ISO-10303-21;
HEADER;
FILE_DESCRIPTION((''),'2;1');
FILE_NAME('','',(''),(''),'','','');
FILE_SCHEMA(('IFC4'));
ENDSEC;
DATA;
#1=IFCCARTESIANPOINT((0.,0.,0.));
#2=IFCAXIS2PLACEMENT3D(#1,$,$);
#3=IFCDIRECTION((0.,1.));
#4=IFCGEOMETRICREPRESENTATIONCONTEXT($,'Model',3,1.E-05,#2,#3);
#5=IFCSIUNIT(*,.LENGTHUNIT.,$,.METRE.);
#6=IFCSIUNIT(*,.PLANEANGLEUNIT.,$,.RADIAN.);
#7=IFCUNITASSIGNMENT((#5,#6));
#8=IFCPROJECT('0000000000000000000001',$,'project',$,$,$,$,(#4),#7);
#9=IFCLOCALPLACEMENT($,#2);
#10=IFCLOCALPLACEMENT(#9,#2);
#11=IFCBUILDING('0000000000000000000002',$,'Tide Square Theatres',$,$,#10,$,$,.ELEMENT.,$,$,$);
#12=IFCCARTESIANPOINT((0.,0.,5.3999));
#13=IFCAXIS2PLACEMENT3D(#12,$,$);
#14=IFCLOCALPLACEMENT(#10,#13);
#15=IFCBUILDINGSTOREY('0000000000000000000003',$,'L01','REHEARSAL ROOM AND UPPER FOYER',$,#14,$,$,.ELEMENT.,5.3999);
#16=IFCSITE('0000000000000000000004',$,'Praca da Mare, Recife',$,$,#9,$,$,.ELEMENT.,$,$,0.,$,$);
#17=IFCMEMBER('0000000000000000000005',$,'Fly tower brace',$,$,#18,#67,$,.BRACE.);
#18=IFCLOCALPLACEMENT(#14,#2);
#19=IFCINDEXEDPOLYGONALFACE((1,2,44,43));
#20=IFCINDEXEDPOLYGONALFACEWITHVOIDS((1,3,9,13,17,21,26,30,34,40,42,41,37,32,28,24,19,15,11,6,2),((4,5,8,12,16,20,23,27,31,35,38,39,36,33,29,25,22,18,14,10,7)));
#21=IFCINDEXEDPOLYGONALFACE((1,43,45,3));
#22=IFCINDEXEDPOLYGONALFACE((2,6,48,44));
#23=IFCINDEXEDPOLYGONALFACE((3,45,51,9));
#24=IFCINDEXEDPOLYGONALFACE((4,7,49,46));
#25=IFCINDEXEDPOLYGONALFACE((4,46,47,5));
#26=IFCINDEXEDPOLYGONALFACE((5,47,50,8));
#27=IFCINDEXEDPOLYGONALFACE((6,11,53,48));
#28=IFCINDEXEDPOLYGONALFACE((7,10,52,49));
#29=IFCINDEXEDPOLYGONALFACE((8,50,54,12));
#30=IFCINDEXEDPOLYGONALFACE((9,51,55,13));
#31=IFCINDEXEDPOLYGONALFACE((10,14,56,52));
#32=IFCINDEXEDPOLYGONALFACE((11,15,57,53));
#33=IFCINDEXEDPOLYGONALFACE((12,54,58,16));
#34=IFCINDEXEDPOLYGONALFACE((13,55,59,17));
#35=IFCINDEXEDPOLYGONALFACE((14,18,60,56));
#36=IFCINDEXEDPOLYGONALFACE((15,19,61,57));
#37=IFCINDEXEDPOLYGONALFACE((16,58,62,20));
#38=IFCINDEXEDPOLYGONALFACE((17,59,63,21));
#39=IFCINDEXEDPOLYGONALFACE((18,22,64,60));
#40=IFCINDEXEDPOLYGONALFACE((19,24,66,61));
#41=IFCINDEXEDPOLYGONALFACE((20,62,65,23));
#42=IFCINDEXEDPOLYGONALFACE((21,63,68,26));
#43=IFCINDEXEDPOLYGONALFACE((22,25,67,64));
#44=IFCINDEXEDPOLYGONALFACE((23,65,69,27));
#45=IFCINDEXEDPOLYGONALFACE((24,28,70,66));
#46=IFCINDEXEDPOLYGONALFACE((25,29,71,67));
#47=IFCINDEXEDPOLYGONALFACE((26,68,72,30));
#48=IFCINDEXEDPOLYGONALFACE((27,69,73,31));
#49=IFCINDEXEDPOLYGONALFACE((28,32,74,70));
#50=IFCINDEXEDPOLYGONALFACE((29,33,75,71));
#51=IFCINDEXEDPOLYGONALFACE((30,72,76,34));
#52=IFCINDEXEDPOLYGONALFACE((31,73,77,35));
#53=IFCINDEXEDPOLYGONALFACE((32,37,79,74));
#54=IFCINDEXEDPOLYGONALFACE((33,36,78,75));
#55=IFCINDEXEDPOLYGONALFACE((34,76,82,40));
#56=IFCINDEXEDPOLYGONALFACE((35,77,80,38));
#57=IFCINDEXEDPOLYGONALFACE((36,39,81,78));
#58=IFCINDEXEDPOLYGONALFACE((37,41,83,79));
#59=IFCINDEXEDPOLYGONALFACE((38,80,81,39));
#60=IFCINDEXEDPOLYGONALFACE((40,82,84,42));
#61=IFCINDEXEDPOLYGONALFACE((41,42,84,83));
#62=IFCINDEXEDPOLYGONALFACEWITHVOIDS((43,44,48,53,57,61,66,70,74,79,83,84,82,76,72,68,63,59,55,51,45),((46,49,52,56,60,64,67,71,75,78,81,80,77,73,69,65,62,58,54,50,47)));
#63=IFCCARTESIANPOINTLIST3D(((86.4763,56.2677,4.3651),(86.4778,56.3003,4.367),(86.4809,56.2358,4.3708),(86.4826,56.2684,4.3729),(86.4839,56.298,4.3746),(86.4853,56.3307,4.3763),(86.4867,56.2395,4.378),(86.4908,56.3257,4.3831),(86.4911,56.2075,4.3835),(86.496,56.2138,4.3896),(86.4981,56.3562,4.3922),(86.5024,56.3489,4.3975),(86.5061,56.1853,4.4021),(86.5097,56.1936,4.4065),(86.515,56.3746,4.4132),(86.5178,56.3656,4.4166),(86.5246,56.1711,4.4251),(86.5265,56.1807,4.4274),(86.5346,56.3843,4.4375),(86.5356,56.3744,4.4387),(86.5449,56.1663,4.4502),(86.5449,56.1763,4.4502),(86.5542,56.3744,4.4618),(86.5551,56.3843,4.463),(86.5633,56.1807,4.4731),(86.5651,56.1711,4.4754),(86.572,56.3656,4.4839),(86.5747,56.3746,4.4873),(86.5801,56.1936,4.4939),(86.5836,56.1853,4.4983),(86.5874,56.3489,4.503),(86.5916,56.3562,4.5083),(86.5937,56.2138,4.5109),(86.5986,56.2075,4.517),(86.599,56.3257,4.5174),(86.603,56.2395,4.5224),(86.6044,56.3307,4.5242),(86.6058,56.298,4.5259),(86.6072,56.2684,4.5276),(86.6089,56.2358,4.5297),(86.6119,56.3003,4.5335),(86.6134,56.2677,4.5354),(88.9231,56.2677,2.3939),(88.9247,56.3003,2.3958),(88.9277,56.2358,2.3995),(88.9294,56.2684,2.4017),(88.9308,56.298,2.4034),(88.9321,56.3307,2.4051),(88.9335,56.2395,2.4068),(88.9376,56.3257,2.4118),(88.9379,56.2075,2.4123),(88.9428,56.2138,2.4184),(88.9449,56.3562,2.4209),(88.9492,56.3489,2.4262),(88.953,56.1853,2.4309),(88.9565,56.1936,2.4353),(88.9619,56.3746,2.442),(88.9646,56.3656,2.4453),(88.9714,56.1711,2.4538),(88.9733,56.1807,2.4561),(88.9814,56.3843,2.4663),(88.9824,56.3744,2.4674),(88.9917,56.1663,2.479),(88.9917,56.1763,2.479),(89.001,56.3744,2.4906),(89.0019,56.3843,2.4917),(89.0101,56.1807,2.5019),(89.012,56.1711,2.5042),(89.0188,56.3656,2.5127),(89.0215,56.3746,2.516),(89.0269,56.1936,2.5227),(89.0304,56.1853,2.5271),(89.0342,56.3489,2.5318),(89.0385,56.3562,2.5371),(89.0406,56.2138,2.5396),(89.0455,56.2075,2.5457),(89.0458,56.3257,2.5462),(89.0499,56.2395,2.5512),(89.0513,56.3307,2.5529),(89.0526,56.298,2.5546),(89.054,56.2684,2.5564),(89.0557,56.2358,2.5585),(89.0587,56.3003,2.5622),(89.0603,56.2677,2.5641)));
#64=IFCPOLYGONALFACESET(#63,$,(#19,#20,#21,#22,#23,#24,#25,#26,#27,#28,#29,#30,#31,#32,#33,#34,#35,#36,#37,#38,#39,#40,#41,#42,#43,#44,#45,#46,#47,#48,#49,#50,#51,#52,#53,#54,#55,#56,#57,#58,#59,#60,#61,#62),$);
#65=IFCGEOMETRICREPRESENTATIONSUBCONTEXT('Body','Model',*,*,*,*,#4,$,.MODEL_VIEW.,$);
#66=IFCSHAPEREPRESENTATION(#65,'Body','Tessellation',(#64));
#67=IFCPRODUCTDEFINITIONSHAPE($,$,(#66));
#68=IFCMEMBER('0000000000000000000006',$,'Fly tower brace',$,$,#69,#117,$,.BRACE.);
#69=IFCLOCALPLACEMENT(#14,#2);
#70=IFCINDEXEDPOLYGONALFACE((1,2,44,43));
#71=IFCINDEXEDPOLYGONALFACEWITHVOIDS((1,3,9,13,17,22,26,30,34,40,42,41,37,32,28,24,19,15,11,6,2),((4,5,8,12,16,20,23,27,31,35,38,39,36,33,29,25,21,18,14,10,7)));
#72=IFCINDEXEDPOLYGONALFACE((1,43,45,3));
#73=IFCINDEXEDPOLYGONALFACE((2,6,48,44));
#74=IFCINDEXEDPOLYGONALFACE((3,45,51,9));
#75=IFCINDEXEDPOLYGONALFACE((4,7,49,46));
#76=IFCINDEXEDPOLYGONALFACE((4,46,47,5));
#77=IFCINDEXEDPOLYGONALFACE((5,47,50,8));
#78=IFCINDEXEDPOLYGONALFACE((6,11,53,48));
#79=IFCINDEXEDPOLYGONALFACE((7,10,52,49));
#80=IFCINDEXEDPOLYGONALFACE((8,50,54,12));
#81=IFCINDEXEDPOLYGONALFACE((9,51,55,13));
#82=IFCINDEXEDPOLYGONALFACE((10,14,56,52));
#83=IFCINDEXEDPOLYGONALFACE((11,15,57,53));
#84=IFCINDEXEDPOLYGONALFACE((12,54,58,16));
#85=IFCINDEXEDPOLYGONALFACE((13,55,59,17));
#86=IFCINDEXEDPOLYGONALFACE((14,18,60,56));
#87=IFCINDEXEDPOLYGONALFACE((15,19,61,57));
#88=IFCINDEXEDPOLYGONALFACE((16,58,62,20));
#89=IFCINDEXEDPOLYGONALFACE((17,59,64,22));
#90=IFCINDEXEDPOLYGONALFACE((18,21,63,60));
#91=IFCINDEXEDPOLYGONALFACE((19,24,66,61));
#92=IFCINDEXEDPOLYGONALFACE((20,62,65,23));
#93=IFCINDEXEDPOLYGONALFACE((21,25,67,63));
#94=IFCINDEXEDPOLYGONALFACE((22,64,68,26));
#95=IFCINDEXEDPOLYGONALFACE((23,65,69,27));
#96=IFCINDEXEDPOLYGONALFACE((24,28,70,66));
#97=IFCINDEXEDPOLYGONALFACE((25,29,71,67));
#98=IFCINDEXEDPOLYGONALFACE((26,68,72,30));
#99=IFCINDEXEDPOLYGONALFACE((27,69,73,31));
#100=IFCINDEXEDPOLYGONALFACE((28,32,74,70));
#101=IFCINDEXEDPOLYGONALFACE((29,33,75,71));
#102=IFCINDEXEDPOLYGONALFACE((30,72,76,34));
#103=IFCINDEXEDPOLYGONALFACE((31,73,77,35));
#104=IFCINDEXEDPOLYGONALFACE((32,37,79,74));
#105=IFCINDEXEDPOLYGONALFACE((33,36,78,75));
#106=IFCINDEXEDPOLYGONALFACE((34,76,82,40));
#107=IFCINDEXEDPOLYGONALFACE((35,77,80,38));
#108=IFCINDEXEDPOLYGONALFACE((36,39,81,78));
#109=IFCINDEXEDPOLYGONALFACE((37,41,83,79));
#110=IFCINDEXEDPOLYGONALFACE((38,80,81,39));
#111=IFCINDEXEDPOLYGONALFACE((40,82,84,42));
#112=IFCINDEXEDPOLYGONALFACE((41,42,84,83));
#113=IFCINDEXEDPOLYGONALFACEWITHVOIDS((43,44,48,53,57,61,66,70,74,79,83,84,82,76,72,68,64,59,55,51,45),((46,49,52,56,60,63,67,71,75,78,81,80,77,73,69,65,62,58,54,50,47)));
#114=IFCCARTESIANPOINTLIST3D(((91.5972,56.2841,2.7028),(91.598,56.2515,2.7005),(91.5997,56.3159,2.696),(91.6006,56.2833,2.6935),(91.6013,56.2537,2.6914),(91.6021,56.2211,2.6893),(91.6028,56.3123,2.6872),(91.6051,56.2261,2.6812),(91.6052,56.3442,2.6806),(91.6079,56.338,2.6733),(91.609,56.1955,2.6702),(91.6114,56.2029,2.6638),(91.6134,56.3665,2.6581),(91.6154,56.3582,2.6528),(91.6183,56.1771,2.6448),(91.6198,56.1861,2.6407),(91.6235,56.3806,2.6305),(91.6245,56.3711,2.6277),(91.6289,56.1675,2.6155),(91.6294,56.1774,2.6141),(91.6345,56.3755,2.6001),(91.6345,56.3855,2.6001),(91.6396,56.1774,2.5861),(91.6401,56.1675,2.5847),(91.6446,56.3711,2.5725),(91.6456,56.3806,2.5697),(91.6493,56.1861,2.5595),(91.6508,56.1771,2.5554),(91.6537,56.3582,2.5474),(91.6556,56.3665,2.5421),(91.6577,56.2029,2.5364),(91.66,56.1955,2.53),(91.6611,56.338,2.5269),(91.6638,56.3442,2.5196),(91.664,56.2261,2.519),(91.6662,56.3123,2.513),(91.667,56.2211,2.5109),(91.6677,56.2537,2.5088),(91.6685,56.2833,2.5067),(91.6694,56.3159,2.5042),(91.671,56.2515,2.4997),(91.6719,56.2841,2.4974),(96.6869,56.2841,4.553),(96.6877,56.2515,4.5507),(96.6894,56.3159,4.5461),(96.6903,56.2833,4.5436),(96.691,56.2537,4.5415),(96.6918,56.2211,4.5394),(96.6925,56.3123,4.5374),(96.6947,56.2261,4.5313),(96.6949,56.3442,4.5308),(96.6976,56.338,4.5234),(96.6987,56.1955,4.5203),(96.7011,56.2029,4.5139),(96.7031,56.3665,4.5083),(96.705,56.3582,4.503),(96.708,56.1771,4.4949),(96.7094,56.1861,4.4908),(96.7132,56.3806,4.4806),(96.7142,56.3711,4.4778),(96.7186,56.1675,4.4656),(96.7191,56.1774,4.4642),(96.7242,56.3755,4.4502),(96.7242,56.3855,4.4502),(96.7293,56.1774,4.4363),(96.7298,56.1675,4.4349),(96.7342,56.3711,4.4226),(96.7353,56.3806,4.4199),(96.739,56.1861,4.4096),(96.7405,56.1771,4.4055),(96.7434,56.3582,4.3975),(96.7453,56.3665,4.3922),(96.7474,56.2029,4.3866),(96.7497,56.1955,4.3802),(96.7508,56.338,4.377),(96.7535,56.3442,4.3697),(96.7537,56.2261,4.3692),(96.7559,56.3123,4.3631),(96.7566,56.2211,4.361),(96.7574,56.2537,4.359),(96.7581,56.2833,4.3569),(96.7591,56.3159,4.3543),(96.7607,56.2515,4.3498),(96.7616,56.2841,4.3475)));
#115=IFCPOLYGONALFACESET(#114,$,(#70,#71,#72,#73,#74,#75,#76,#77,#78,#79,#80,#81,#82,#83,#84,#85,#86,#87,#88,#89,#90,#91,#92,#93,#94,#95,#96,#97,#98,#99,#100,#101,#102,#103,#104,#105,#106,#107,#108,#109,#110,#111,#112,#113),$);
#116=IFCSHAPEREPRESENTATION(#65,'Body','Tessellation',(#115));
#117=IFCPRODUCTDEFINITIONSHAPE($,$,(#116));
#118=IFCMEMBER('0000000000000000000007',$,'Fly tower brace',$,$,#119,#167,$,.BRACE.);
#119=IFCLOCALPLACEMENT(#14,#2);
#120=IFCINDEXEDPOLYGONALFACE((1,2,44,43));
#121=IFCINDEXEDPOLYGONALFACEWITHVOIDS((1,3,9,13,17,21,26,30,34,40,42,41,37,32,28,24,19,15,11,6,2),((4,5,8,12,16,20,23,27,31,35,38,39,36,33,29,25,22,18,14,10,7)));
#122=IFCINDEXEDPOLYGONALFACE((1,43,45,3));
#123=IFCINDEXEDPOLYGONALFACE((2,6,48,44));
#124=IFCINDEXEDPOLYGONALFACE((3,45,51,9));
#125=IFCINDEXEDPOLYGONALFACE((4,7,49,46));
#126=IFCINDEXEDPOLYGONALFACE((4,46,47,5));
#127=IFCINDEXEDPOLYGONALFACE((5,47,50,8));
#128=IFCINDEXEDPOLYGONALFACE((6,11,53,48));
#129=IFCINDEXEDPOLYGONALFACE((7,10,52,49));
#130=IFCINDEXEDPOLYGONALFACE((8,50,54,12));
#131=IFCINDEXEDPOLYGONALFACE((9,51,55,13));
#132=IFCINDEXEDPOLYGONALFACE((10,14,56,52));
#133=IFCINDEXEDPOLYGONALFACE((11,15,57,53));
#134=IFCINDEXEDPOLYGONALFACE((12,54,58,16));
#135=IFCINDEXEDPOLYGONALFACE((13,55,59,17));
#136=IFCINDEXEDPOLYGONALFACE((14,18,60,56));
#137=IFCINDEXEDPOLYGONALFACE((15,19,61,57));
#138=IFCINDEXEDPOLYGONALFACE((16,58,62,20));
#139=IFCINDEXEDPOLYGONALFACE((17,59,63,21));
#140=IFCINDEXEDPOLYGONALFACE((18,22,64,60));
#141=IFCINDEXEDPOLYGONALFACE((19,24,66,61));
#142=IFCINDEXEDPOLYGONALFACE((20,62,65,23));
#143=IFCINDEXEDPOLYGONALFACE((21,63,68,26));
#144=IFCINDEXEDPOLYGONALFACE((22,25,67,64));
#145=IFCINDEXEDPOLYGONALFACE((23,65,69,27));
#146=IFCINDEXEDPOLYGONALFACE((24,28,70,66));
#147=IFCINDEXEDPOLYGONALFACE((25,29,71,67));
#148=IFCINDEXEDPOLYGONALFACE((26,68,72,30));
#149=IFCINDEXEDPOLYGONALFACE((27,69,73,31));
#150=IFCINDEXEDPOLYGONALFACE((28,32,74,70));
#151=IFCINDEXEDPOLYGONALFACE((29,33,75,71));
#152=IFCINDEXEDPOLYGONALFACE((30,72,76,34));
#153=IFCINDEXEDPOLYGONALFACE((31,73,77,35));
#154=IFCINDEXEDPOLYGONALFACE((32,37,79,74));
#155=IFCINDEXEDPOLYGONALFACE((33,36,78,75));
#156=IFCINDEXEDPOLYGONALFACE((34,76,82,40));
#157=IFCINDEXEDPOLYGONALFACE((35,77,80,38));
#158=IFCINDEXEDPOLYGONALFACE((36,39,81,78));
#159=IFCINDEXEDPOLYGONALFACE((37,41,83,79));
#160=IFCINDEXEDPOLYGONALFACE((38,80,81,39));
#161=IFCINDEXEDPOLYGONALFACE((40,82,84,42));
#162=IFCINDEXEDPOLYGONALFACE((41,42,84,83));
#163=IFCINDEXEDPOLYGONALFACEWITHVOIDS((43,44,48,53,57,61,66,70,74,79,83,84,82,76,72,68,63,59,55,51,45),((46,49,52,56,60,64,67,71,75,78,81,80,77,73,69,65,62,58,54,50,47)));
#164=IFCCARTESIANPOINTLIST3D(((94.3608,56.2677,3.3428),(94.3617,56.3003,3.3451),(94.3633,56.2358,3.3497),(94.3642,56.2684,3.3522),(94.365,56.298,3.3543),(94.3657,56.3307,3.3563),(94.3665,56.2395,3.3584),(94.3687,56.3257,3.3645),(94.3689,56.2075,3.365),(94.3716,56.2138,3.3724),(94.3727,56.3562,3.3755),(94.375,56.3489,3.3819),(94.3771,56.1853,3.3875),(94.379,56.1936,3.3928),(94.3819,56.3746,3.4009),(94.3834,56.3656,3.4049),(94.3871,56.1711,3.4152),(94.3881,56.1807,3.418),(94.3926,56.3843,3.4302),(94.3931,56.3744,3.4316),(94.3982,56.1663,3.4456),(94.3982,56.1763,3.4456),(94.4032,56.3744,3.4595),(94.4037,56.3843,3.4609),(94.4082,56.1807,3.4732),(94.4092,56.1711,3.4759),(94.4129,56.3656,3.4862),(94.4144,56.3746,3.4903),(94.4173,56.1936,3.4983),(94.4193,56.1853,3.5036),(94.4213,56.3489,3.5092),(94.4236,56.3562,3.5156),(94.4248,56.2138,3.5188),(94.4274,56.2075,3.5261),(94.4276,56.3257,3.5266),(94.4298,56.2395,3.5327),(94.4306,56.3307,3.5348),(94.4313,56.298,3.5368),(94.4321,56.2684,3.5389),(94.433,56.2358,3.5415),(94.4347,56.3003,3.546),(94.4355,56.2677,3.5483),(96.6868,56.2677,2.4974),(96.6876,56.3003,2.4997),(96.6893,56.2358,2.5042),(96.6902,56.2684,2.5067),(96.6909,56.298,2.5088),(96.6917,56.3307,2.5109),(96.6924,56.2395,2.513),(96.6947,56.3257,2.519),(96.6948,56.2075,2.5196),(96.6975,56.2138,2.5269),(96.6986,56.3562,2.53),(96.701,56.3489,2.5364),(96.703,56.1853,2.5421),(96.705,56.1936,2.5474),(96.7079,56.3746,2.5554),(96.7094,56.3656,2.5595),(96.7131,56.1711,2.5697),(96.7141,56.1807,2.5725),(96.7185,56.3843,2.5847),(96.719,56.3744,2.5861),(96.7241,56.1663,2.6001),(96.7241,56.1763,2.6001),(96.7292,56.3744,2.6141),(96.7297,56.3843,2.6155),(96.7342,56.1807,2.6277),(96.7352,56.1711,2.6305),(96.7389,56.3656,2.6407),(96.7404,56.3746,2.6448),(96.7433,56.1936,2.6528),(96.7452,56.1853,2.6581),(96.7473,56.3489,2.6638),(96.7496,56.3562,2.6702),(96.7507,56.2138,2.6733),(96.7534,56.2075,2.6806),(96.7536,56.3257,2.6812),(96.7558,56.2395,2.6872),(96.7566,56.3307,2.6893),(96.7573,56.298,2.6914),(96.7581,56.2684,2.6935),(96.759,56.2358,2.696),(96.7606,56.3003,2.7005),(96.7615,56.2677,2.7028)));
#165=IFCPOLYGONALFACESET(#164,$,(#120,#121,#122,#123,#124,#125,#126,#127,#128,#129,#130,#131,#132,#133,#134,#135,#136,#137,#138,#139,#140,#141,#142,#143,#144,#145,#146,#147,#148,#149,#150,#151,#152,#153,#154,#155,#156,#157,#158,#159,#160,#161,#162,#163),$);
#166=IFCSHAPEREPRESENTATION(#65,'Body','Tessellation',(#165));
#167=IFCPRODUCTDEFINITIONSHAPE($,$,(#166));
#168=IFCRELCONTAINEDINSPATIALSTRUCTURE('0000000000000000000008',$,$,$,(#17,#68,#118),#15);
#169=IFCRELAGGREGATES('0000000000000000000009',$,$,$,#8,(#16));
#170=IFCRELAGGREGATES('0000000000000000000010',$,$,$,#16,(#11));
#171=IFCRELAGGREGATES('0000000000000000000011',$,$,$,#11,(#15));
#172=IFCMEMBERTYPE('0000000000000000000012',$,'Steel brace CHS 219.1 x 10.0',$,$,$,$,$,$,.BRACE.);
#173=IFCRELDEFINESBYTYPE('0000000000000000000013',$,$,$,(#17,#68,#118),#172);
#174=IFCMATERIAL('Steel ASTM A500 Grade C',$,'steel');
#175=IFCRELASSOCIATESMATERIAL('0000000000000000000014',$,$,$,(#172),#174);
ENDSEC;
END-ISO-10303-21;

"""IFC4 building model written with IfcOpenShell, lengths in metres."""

from ifc_helpers import new_model, si_unit, direction, frame, origin, origin_2d, place, context, subcontext, project, spatial, hollow_circle, extrude, material, material_profile, profile_set, type_object, element, save


model = new_model("IFC4")

# Units and contexts
model_context = context("Model", 3, precision=1e-05, world=origin(), true_north=direction((0.0, 1.0)))
body_context = subcontext(model_context, "Body", "Model", "MODEL_VIEW")
ifc_project = project(units=[si_unit("LENGTHUNIT", "METRE"), si_unit("PLANEANGLEUNIT", "RADIAN")], contexts=[model_context])

# Site, building, storey
site_placement = place(None, origin())
site = spatial("IfcSite", under=ifc_project, at=site_placement, Name="Praca da Mare, Recife", CompositionType="ELEMENT", RefElevation=0.0)
building_placement = place(site_placement, origin())
building = spatial("IfcBuilding", under=site, at=building_placement, Name="Tide Square Theatres", CompositionType="ELEMENT")
storey_placement = place(building_placement, frame((0.0, 0.0, 5.3999)))
storey = spatial("IfcBuildingStorey", under=building, at=storey_placement, Name="L01", Description="REHEARSAL ROOM AND UPPER FOYER", CompositionType="ELEMENT", Elevation=5.3999)

# Members
ifc_material_1 = material(Name="Steel ASTM A500 Grade C", Category="steel")
ifc_material_profile_1 = material_profile(ifc_material_1, hollow_circle(Radius=0.1096, WallThickness=0.01, at=origin_2d()))
ifc_profile_set_1 = profile_set([ifc_material_profile_1], Name="Steel ASTM A500 Grade C")
member_type = type_object("IfcMemberType", Name="Steel brace CHS 219.1 x 10.0", PredefinedType="BRACE", material=ifc_profile_set_1)
member_1_placement = place(storey_placement, frame((88.9917, 56.2759, 2.479), z_axis=(-0.778726, 0.0, 0.627364), x_axis=(0.0, -1.0, 0.0)))
element("IfcMember", 1, at=member_1_placement, inside=storey, type_object=member_type, Name="Fly tower brace", PredefinedType="BRACE", context=body_context, shape_type="SweptSolid", body=[
    extrude(hollow_circle(Radius=0.1096, WallThickness=0.01, at=origin_2d()), origin(), (0.0, 0.0, 1.0), 3.1421),
])
member_2_placement = place(storey_placement, frame((91.6345, 56.2759, 2.6001), z_axis=(0.939833, 0.0, 0.341634), x_axis=(0.0, 1.0, 0.0)))
element("IfcMember", 2, at=member_2_placement, inside=storey, type_object=member_type, Name="Fly tower brace", PredefinedType="BRACE", context=body_context, shape_type="SweptSolid", body=[
    extrude(hollow_circle(Radius=0.1096, WallThickness=0.01, at=origin_2d()), origin(), (0.0, 0.0, 1.0), 5.4155),
])
member_3_placement = place(storey_placement, frame((96.7241, 56.2759, 2.6001), z_axis=(-0.939837, 0.0, 0.341624), x_axis=(0.0, -1.0, 0.0)))
element("IfcMember", 3, at=member_3_placement, inside=storey, type_object=member_type, Name="Fly tower brace", PredefinedType="BRACE", context=body_context, shape_type="SweptSolid", body=[
    extrude(hollow_circle(Radius=0.1096, WallThickness=0.01, at=origin_2d()), origin(), (0.0, 0.0, 1.0), 2.4749),
])

save(model, "model.ifc")
